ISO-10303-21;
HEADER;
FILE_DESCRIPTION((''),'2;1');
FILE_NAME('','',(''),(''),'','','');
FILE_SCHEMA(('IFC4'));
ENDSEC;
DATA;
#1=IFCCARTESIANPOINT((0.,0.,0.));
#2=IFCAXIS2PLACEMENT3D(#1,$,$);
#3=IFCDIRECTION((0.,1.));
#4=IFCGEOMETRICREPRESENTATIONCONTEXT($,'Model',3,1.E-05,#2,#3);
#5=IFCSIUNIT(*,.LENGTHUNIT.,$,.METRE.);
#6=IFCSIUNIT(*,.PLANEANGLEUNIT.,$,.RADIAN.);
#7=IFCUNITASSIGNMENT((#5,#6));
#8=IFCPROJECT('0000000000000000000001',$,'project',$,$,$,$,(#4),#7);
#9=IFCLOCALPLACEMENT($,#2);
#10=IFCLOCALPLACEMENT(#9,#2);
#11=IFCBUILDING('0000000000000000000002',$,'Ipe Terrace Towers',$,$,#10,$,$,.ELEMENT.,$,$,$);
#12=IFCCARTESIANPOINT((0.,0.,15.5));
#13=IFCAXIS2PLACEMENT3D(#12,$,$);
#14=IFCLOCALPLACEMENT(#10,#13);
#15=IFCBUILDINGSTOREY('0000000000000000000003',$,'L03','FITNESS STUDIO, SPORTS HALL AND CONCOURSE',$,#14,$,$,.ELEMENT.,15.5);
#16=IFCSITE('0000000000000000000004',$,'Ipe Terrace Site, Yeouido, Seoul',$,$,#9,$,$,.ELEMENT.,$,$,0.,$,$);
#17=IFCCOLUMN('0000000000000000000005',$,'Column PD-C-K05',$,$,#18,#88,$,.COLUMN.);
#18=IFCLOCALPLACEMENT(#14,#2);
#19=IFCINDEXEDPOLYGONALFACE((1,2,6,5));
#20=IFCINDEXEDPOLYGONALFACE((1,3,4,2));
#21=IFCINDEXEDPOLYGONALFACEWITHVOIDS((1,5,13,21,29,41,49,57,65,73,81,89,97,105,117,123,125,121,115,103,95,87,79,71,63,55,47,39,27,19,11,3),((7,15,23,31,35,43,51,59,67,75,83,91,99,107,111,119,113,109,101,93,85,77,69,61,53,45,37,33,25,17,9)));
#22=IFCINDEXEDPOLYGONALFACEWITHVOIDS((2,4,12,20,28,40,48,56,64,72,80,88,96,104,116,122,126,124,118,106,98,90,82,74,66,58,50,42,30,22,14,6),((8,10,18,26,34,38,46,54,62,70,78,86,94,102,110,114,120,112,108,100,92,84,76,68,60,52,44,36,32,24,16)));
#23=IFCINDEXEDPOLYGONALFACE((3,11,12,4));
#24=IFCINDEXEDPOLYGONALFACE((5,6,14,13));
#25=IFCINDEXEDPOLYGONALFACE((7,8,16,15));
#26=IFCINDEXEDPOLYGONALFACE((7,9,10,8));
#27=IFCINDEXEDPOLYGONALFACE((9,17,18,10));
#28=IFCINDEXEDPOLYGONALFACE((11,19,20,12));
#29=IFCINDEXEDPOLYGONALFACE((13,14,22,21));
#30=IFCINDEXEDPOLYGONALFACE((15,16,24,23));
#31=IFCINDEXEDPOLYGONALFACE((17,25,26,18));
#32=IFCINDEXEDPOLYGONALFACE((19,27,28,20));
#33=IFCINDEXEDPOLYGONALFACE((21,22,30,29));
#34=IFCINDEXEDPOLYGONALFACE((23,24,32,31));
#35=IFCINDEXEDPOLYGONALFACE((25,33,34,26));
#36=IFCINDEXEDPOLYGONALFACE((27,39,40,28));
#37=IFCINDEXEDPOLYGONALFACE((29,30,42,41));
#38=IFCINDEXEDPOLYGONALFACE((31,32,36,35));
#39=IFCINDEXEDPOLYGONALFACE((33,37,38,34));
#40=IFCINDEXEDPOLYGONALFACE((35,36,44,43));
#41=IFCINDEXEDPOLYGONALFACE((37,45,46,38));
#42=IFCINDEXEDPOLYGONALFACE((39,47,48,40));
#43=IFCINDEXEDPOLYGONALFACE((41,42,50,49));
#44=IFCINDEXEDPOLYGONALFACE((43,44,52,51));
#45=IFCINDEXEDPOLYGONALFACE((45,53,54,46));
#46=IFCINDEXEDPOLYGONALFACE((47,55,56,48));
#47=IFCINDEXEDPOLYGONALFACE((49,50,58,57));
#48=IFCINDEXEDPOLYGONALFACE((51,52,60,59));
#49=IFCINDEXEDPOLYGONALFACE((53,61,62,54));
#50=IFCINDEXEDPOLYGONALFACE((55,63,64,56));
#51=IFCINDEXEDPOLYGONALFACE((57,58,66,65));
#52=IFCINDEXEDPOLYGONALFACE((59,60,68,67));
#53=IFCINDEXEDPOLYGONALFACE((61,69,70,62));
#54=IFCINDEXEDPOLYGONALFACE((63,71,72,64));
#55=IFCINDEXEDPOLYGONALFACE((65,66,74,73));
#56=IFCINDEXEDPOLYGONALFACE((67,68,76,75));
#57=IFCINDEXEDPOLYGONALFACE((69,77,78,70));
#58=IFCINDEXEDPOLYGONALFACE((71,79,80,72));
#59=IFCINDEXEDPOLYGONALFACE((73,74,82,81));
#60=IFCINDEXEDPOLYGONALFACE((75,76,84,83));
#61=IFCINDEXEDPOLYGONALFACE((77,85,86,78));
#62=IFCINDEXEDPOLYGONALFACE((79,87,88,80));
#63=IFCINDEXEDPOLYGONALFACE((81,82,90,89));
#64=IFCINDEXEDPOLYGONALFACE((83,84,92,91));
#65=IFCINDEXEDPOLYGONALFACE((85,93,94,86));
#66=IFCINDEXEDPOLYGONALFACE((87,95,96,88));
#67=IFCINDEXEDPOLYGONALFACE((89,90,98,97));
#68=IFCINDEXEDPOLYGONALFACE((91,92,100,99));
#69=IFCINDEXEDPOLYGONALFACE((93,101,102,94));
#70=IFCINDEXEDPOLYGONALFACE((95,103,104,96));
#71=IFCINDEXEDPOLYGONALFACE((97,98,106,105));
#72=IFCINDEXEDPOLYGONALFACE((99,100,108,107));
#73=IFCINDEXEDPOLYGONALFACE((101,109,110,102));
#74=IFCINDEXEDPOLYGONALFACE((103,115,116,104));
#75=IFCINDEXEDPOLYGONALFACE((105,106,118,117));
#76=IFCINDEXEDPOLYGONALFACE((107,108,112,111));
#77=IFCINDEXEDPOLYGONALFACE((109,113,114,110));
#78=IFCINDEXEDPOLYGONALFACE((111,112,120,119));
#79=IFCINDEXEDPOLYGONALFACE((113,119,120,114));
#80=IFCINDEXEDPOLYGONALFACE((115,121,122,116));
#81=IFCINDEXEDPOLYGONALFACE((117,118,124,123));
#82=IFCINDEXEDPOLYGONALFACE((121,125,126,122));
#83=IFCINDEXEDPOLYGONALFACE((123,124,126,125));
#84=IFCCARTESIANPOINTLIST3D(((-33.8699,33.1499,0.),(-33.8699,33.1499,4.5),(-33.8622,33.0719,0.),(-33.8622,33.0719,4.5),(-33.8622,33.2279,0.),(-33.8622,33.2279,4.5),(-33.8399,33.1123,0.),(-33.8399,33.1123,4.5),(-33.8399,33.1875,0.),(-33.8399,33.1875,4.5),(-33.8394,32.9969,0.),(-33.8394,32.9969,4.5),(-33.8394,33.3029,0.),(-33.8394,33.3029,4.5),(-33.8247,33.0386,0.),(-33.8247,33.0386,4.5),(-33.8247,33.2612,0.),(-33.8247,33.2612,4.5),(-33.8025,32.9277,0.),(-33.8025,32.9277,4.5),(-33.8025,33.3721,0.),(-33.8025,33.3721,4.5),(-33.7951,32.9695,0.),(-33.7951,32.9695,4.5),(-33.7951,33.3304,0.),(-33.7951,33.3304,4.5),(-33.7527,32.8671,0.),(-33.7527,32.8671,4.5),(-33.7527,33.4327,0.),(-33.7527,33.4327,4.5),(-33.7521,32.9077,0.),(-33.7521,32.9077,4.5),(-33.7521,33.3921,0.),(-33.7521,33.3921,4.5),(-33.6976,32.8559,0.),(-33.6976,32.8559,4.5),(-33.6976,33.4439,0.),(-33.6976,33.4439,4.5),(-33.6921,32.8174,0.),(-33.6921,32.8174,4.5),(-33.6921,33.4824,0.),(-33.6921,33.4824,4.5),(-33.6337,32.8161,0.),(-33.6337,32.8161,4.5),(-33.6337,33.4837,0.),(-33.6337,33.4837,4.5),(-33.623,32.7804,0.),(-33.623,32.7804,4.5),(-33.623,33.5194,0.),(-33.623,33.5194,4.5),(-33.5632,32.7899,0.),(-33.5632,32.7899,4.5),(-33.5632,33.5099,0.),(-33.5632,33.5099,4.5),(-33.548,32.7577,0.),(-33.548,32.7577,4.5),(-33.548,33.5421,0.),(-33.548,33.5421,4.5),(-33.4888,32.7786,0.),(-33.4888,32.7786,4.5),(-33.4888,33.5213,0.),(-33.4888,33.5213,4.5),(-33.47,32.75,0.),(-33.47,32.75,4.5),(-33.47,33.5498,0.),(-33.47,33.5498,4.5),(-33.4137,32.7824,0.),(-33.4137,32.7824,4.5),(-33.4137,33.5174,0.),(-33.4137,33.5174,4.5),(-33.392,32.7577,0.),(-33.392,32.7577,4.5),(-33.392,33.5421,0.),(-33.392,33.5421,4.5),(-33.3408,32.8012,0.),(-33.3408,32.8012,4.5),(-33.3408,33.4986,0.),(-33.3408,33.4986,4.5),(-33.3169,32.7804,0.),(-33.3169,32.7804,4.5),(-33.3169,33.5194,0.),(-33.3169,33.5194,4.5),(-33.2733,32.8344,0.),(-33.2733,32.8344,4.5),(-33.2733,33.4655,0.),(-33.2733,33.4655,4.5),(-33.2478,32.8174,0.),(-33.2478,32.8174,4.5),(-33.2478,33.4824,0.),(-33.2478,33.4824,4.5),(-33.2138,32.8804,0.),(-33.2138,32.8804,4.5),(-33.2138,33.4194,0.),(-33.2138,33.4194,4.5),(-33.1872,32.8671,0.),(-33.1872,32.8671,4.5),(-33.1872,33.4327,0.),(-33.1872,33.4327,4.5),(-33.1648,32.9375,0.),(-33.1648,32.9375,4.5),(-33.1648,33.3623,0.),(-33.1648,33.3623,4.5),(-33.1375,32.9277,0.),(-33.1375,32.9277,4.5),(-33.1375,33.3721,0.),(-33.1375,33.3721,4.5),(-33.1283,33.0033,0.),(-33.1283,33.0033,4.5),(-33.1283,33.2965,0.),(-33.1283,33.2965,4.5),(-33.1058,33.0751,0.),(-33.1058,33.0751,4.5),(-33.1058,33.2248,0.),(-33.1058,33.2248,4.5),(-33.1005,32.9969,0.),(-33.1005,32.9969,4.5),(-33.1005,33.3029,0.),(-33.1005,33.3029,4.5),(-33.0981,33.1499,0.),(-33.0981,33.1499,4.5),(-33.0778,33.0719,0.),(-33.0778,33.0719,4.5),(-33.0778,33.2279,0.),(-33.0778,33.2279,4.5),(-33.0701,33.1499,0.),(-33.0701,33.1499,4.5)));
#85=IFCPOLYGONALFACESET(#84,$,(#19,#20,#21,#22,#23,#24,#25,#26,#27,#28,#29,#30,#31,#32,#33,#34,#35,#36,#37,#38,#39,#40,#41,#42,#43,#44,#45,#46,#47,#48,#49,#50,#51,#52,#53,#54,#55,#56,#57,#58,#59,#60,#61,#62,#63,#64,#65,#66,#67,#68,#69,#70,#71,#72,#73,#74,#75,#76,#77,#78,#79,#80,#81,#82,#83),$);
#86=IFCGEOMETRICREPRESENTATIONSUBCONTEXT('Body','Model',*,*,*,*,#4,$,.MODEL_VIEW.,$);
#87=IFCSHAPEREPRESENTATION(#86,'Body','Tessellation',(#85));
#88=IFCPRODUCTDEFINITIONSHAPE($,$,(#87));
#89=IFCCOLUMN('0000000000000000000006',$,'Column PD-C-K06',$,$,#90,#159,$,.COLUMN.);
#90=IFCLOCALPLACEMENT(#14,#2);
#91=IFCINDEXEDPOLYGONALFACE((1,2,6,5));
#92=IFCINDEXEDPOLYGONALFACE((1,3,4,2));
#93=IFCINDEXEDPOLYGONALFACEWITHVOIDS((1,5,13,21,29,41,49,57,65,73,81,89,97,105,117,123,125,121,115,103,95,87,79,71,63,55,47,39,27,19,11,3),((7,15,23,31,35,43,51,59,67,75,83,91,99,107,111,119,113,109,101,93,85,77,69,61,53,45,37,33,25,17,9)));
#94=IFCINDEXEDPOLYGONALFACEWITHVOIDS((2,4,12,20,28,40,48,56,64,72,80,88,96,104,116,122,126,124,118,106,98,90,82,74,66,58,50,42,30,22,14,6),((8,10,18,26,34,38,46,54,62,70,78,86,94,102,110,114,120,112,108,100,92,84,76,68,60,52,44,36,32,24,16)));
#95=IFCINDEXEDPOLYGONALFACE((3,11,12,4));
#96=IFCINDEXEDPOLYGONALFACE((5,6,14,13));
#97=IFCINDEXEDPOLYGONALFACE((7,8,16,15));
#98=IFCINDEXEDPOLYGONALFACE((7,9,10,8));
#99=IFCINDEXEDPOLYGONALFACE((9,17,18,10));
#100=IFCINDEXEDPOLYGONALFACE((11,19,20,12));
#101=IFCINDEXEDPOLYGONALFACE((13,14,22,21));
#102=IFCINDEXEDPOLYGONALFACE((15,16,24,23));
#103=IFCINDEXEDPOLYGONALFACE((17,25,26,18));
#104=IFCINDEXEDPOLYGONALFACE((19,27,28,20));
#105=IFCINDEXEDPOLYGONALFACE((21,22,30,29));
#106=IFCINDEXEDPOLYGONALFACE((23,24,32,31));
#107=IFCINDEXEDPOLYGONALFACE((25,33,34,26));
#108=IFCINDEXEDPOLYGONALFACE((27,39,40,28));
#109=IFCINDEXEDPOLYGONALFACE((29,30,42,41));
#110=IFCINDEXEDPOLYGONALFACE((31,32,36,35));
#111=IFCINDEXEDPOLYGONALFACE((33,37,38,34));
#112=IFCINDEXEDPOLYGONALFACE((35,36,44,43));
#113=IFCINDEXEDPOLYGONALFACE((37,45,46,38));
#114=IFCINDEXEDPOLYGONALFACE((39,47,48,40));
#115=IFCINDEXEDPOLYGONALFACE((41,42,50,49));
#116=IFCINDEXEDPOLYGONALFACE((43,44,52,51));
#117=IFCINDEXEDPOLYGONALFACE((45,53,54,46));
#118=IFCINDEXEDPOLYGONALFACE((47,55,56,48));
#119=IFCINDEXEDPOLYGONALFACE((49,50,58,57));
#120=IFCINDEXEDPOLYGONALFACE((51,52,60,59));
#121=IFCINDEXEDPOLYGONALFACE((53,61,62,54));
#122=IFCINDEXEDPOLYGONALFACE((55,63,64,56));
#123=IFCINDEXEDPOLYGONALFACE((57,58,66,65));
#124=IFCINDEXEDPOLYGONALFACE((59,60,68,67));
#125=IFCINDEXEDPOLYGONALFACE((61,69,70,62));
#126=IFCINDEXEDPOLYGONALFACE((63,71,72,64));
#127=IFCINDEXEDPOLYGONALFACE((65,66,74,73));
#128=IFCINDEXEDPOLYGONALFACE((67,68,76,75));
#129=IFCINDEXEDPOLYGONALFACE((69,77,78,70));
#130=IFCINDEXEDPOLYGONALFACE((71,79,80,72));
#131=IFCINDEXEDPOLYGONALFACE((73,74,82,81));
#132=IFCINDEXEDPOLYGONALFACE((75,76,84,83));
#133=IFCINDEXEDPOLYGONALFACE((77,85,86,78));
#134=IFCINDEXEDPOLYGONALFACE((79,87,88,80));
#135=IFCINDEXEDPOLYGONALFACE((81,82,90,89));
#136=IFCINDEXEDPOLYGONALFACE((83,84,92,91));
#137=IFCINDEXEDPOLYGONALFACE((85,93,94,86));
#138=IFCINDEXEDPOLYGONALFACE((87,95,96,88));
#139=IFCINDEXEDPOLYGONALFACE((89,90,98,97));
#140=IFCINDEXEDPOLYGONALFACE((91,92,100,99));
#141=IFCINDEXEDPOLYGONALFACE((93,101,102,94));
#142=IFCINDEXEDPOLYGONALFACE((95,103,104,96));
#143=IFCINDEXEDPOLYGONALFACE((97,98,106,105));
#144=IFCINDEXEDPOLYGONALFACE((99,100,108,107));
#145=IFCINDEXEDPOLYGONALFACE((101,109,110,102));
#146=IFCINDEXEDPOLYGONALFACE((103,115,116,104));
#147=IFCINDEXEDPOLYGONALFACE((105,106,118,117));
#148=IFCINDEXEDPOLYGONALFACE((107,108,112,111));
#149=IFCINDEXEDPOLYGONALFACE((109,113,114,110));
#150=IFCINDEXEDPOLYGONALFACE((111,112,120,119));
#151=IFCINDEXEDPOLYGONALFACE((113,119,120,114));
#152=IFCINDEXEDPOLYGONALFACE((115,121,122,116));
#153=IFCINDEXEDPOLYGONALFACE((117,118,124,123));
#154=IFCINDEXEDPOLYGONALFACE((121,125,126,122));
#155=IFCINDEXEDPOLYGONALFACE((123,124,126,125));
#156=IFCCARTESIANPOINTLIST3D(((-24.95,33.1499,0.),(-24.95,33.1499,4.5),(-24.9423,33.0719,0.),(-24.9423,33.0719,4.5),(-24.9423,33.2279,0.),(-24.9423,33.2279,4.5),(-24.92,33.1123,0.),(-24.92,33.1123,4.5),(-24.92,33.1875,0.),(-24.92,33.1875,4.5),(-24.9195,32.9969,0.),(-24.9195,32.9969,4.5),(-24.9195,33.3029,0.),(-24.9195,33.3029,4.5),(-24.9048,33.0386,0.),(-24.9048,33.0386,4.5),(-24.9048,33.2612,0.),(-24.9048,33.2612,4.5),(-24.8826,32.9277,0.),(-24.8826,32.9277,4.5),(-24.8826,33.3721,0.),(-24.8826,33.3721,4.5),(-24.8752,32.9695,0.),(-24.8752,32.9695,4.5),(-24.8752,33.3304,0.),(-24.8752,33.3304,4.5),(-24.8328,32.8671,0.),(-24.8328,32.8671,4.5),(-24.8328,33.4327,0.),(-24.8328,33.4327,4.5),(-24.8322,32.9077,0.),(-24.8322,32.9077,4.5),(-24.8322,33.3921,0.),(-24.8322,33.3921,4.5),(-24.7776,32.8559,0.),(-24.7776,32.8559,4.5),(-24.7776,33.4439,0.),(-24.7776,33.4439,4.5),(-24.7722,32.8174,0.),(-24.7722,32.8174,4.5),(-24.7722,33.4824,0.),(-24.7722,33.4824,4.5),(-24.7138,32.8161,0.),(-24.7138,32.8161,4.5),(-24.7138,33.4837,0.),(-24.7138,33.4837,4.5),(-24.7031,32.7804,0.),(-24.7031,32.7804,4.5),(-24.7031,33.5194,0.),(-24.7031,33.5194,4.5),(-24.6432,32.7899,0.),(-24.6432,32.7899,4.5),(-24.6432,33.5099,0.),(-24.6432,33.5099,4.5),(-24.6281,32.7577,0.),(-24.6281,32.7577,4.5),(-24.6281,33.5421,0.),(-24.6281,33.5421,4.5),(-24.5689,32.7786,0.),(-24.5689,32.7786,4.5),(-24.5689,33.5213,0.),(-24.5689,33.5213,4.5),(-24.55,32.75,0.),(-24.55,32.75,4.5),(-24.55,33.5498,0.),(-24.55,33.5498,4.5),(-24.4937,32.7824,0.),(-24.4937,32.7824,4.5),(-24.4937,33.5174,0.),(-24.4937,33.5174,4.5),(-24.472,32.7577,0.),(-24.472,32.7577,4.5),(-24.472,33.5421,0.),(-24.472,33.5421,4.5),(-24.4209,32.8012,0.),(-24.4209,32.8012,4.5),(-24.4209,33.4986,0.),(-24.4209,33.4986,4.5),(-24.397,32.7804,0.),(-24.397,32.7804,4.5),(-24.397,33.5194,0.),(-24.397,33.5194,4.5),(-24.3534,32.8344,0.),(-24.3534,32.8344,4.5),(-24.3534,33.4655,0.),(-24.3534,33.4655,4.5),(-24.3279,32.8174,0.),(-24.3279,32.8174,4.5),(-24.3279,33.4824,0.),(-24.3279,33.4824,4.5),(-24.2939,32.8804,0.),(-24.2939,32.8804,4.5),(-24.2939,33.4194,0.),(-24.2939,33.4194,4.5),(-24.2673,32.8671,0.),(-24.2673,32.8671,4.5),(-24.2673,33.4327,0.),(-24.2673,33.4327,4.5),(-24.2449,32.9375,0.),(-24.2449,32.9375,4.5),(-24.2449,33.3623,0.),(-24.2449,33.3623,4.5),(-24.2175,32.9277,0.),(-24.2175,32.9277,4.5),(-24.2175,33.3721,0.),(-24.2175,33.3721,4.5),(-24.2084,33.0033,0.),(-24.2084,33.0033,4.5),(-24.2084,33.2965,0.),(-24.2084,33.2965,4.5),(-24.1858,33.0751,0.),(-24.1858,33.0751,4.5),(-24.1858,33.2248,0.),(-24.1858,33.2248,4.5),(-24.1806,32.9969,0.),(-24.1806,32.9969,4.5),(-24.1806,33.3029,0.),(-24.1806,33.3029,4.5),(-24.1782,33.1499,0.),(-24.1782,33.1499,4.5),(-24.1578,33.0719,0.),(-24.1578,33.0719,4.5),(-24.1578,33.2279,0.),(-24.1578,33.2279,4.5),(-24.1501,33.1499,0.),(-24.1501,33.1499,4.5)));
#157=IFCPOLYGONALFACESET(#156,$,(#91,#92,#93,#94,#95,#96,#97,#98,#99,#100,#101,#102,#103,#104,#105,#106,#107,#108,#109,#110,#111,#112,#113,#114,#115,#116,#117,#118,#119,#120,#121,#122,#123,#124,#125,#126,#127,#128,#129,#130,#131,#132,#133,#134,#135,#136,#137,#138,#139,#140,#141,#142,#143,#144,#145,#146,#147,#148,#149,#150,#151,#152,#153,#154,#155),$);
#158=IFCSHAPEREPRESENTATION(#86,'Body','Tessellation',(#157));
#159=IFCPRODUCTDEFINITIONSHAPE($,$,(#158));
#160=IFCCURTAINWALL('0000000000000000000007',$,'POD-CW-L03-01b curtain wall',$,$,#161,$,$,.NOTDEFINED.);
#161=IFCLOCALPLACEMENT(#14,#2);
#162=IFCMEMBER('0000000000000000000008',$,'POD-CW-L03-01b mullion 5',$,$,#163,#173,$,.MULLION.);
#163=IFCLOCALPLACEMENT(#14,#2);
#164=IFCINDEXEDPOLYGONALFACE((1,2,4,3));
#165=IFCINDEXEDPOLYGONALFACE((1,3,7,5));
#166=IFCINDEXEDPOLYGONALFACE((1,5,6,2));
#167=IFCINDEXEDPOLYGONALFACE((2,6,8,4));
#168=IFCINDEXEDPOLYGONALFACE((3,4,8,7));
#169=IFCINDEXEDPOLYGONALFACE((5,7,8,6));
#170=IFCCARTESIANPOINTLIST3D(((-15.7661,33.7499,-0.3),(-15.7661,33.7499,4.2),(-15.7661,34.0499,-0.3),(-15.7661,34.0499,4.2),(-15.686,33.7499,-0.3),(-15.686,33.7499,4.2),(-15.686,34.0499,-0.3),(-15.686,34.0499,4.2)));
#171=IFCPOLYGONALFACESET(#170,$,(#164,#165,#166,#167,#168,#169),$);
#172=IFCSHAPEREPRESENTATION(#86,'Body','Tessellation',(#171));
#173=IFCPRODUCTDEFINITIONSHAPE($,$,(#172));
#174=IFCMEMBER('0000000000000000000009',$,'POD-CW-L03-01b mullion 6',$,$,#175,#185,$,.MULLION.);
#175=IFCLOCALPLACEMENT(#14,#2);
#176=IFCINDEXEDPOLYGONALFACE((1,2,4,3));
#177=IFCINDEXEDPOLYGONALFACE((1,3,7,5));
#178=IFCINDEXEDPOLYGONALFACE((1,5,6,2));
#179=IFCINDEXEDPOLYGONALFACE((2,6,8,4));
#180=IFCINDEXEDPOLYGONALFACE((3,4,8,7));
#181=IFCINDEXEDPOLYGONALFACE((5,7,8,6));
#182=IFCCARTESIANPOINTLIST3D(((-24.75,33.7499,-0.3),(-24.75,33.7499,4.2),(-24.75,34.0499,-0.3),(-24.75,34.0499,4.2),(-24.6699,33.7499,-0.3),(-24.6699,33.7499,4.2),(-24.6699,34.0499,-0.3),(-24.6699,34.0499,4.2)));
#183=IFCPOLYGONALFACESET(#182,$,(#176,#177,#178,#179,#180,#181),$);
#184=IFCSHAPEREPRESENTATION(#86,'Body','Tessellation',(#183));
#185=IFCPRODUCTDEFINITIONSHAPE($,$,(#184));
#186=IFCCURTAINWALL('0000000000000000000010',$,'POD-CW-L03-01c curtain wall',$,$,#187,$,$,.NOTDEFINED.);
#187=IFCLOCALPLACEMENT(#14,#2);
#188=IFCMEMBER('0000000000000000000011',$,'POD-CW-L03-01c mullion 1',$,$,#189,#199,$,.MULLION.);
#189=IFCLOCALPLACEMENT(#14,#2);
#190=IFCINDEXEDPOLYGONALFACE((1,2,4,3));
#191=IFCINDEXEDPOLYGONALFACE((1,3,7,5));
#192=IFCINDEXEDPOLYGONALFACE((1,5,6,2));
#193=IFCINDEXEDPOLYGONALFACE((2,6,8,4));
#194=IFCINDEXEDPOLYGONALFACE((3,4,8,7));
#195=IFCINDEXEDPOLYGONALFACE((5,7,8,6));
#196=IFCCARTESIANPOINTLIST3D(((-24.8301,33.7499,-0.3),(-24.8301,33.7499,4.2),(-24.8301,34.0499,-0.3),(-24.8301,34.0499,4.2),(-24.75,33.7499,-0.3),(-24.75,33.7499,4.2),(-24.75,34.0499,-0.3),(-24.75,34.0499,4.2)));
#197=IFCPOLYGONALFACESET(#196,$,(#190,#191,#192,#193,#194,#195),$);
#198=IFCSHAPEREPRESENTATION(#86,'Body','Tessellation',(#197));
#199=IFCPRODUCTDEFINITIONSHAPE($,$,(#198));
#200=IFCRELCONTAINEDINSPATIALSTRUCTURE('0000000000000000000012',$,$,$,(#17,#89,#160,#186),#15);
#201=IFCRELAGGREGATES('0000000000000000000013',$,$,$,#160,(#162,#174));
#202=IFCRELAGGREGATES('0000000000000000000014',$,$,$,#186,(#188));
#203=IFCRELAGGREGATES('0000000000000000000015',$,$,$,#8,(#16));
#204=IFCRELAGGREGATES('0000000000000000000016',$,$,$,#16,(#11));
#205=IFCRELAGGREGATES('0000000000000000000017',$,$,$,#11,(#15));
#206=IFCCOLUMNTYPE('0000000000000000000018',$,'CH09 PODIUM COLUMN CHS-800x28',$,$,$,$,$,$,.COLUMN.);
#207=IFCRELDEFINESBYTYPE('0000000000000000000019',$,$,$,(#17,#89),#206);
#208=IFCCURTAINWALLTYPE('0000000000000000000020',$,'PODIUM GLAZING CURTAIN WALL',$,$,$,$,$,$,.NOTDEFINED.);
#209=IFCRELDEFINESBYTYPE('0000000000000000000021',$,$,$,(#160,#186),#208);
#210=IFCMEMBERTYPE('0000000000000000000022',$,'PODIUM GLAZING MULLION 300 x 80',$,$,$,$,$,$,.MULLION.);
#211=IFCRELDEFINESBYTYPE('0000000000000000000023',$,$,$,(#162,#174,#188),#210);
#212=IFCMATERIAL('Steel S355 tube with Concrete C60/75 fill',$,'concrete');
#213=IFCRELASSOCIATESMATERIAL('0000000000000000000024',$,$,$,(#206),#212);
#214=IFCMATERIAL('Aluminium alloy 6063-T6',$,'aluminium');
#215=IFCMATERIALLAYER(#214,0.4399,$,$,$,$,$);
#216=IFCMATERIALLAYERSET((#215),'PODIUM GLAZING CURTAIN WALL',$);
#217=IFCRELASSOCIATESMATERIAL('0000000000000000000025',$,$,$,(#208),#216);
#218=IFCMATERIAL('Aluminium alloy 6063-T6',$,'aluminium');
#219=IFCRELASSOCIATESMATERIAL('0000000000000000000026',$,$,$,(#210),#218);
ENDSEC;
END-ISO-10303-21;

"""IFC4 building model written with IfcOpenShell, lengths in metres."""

from ifc_helpers import new_model, si_unit, direction, frame, origin, origin_2d, place, context, subcontext, project, spatial, rectangle, hollow_circle, extrude, material, layer, layer_set, material_profile, profile_set, type_object, element, aggregate, save


model = new_model("IFC4")

# Units and contexts
model_context = context("Model", 3, precision=1e-05, world=origin(), true_north=direction((0.0, 1.0)))
body_context = subcontext(model_context, "Body", "Model", "MODEL_VIEW")
ifc_project = project(units=[si_unit("LENGTHUNIT", "METRE"), si_unit("PLANEANGLEUNIT", "RADIAN")], contexts=[model_context])

# Site, building, storey
site_placement = place(None, origin())
site = spatial("IfcSite", under=ifc_project, at=site_placement, Name="Ipe Terrace Site, Yeouido, Seoul", CompositionType="ELEMENT", RefElevation=0.0)
building_placement = place(site_placement, origin())
building = spatial("IfcBuilding", under=site, at=building_placement, Name="Ipe Terrace Towers", CompositionType="ELEMENT")
storey_placement = place(building_placement, frame((0.0, 0.0, 15.5)))
storey = spatial("IfcBuildingStorey", under=building, at=storey_placement, Name="L03", Description="FITNESS STUDIO, SPORTS HALL AND CONCOURSE", CompositionType="ELEMENT", Elevation=15.5)

# Columns
ifc_material_1 = material(Name="Steel S355 tube with Concrete C60/75 fill", Category="concrete")
ifc_material_profile_1 = material_profile(ifc_material_1, hollow_circle(Radius=0.3999, WallThickness=0.0281, at=origin_2d()), Name="CHS-800x28")
ifc_profile_set_1 = profile_set([ifc_material_profile_1], Name="Steel S355 tube with Concrete C60/75 fill")
column_type = type_object("IfcColumnType", Name="CH09 PODIUM COLUMN CHS-800x28", PredefinedType="COLUMN", material=ifc_profile_set_1)
for number, where, z_axis, x_axis, name in (
    (1, (-33.47, 33.1499, 0.0), (0.0, 0.0, 1.0), (1.0, 0.0, 0.0), "Column PD-C-K05"),
    (2, (-24.55, 33.1499, 0.0), (0.0, 0.0, 1.0), (1.0, 0.0, 0.0), "Column PD-C-K06"),
):
    element("IfcColumn", number, at=place(storey_placement, frame(where, z_axis=z_axis, x_axis=x_axis)), inside=storey, type_object=column_type, Name=name, PredefinedType="COLUMN", context=body_context, shape_type="SweptSolid", body=[
        extrude(hollow_circle(Radius=0.3999, WallThickness=0.0281, at=origin_2d()), origin(), (0.0, 0.0, 1.0), 4.5),
    ])

# Curtain walls, members
ifc_material_2 = material(Name="Aluminium alloy 6063-T6", Category="aluminium")
ifc_layer_1 = layer(ifc_material_2, 0.4399)
ifc_layer_set_1 = layer_set([ifc_layer_1], Name="PODIUM GLAZING CURTAIN WALL")
curtain_wall_type = type_object("IfcCurtainWallType", Name="PODIUM GLAZING CURTAIN WALL", PredefinedType="NOTDEFINED", material=ifc_layer_set_1)
curtain_wall_1_placement = place(storey_placement, origin())
curtain_wall_1 = element("IfcCurtainWall", 3, at=curtain_wall_1_placement, inside=storey, type_object=curtain_wall_type, Name="POD-CW-L03-01b curtain wall", PredefinedType="NOTDEFINED")
ifc_material_3 = material(Name="Aluminium alloy 6063-T6", Category="aluminium")
ifc_material_profile_2 = material_profile(ifc_material_3, rectangle(XDim=0.3, YDim=0.0801, at=origin_2d()), Name="PODIUM GLAZING MULLION 300 x 80")
ifc_profile_set_2 = profile_set([ifc_material_profile_2], Name="Aluminium alloy 6063-T6")
member_type_1 = type_object("IfcMemberType", Name="PODIUM GLAZING MULLION 300 x 80", PredefinedType="MULLION", material=ifc_profile_set_2)
member_1_placement = place(storey_placement, frame((-15.7261, 33.8999, -0.3), z_axis=(0.0, 0.0, 1.0), x_axis=(0.0, 1.0, 0.0)))
member_1 = element("IfcMember", 4, at=member_1_placement, type_object=member_type_1, Name="POD-CW-L03-01b mullion 5", PredefinedType="MULLION", context=body_context, shape_type="SweptSolid", body=[
    extrude(rectangle(XDim=0.3, YDim=0.0801, at=origin_2d()), origin(), (0.0, 0.0, 1.0), 4.5),
])
member_2_placement = place(storey_placement, frame((-24.71, 33.8999, -0.3), z_axis=(0.0, 0.0, 1.0), x_axis=(0.0, 1.0, 0.0)))
member_2 = element("IfcMember", 5, at=member_2_placement, type_object=member_type_1, Name="POD-CW-L03-01b mullion 6", PredefinedType="MULLION", context=body_context, shape_type="SweptSolid", body=[
    extrude(rectangle(XDim=0.3, YDim=0.0801, at=origin_2d()), origin(), (0.0, 0.0, 1.0), 4.5),
])
curtain_wall_2_placement = place(storey_placement, origin())
curtain_wall_2 = element("IfcCurtainWall", 6, at=curtain_wall_2_placement, inside=storey, type_object=curtain_wall_type, Name="POD-CW-L03-01c curtain wall", PredefinedType="NOTDEFINED")
member_3_placement = place(storey_placement, frame((-24.79, 33.8999, -0.3), z_axis=(0.0, 0.0, 1.0), x_axis=(0.0, 1.0, 0.0)))
member_3 = element("IfcMember", 7, at=member_3_placement, type_object=member_type_1, Name="POD-CW-L03-01c mullion 1", PredefinedType="MULLION", context=body_context, shape_type="SweptSolid", body=[
    extrude(rectangle(XDim=0.3, YDim=0.0801, at=origin_2d()), origin(), (0.0, 0.0, 1.0), 4.5),
])

aggregate(curtain_wall_1, [member_1, member_2])
aggregate(curtain_wall_2, [member_3])

save(model, "model.ifc")
